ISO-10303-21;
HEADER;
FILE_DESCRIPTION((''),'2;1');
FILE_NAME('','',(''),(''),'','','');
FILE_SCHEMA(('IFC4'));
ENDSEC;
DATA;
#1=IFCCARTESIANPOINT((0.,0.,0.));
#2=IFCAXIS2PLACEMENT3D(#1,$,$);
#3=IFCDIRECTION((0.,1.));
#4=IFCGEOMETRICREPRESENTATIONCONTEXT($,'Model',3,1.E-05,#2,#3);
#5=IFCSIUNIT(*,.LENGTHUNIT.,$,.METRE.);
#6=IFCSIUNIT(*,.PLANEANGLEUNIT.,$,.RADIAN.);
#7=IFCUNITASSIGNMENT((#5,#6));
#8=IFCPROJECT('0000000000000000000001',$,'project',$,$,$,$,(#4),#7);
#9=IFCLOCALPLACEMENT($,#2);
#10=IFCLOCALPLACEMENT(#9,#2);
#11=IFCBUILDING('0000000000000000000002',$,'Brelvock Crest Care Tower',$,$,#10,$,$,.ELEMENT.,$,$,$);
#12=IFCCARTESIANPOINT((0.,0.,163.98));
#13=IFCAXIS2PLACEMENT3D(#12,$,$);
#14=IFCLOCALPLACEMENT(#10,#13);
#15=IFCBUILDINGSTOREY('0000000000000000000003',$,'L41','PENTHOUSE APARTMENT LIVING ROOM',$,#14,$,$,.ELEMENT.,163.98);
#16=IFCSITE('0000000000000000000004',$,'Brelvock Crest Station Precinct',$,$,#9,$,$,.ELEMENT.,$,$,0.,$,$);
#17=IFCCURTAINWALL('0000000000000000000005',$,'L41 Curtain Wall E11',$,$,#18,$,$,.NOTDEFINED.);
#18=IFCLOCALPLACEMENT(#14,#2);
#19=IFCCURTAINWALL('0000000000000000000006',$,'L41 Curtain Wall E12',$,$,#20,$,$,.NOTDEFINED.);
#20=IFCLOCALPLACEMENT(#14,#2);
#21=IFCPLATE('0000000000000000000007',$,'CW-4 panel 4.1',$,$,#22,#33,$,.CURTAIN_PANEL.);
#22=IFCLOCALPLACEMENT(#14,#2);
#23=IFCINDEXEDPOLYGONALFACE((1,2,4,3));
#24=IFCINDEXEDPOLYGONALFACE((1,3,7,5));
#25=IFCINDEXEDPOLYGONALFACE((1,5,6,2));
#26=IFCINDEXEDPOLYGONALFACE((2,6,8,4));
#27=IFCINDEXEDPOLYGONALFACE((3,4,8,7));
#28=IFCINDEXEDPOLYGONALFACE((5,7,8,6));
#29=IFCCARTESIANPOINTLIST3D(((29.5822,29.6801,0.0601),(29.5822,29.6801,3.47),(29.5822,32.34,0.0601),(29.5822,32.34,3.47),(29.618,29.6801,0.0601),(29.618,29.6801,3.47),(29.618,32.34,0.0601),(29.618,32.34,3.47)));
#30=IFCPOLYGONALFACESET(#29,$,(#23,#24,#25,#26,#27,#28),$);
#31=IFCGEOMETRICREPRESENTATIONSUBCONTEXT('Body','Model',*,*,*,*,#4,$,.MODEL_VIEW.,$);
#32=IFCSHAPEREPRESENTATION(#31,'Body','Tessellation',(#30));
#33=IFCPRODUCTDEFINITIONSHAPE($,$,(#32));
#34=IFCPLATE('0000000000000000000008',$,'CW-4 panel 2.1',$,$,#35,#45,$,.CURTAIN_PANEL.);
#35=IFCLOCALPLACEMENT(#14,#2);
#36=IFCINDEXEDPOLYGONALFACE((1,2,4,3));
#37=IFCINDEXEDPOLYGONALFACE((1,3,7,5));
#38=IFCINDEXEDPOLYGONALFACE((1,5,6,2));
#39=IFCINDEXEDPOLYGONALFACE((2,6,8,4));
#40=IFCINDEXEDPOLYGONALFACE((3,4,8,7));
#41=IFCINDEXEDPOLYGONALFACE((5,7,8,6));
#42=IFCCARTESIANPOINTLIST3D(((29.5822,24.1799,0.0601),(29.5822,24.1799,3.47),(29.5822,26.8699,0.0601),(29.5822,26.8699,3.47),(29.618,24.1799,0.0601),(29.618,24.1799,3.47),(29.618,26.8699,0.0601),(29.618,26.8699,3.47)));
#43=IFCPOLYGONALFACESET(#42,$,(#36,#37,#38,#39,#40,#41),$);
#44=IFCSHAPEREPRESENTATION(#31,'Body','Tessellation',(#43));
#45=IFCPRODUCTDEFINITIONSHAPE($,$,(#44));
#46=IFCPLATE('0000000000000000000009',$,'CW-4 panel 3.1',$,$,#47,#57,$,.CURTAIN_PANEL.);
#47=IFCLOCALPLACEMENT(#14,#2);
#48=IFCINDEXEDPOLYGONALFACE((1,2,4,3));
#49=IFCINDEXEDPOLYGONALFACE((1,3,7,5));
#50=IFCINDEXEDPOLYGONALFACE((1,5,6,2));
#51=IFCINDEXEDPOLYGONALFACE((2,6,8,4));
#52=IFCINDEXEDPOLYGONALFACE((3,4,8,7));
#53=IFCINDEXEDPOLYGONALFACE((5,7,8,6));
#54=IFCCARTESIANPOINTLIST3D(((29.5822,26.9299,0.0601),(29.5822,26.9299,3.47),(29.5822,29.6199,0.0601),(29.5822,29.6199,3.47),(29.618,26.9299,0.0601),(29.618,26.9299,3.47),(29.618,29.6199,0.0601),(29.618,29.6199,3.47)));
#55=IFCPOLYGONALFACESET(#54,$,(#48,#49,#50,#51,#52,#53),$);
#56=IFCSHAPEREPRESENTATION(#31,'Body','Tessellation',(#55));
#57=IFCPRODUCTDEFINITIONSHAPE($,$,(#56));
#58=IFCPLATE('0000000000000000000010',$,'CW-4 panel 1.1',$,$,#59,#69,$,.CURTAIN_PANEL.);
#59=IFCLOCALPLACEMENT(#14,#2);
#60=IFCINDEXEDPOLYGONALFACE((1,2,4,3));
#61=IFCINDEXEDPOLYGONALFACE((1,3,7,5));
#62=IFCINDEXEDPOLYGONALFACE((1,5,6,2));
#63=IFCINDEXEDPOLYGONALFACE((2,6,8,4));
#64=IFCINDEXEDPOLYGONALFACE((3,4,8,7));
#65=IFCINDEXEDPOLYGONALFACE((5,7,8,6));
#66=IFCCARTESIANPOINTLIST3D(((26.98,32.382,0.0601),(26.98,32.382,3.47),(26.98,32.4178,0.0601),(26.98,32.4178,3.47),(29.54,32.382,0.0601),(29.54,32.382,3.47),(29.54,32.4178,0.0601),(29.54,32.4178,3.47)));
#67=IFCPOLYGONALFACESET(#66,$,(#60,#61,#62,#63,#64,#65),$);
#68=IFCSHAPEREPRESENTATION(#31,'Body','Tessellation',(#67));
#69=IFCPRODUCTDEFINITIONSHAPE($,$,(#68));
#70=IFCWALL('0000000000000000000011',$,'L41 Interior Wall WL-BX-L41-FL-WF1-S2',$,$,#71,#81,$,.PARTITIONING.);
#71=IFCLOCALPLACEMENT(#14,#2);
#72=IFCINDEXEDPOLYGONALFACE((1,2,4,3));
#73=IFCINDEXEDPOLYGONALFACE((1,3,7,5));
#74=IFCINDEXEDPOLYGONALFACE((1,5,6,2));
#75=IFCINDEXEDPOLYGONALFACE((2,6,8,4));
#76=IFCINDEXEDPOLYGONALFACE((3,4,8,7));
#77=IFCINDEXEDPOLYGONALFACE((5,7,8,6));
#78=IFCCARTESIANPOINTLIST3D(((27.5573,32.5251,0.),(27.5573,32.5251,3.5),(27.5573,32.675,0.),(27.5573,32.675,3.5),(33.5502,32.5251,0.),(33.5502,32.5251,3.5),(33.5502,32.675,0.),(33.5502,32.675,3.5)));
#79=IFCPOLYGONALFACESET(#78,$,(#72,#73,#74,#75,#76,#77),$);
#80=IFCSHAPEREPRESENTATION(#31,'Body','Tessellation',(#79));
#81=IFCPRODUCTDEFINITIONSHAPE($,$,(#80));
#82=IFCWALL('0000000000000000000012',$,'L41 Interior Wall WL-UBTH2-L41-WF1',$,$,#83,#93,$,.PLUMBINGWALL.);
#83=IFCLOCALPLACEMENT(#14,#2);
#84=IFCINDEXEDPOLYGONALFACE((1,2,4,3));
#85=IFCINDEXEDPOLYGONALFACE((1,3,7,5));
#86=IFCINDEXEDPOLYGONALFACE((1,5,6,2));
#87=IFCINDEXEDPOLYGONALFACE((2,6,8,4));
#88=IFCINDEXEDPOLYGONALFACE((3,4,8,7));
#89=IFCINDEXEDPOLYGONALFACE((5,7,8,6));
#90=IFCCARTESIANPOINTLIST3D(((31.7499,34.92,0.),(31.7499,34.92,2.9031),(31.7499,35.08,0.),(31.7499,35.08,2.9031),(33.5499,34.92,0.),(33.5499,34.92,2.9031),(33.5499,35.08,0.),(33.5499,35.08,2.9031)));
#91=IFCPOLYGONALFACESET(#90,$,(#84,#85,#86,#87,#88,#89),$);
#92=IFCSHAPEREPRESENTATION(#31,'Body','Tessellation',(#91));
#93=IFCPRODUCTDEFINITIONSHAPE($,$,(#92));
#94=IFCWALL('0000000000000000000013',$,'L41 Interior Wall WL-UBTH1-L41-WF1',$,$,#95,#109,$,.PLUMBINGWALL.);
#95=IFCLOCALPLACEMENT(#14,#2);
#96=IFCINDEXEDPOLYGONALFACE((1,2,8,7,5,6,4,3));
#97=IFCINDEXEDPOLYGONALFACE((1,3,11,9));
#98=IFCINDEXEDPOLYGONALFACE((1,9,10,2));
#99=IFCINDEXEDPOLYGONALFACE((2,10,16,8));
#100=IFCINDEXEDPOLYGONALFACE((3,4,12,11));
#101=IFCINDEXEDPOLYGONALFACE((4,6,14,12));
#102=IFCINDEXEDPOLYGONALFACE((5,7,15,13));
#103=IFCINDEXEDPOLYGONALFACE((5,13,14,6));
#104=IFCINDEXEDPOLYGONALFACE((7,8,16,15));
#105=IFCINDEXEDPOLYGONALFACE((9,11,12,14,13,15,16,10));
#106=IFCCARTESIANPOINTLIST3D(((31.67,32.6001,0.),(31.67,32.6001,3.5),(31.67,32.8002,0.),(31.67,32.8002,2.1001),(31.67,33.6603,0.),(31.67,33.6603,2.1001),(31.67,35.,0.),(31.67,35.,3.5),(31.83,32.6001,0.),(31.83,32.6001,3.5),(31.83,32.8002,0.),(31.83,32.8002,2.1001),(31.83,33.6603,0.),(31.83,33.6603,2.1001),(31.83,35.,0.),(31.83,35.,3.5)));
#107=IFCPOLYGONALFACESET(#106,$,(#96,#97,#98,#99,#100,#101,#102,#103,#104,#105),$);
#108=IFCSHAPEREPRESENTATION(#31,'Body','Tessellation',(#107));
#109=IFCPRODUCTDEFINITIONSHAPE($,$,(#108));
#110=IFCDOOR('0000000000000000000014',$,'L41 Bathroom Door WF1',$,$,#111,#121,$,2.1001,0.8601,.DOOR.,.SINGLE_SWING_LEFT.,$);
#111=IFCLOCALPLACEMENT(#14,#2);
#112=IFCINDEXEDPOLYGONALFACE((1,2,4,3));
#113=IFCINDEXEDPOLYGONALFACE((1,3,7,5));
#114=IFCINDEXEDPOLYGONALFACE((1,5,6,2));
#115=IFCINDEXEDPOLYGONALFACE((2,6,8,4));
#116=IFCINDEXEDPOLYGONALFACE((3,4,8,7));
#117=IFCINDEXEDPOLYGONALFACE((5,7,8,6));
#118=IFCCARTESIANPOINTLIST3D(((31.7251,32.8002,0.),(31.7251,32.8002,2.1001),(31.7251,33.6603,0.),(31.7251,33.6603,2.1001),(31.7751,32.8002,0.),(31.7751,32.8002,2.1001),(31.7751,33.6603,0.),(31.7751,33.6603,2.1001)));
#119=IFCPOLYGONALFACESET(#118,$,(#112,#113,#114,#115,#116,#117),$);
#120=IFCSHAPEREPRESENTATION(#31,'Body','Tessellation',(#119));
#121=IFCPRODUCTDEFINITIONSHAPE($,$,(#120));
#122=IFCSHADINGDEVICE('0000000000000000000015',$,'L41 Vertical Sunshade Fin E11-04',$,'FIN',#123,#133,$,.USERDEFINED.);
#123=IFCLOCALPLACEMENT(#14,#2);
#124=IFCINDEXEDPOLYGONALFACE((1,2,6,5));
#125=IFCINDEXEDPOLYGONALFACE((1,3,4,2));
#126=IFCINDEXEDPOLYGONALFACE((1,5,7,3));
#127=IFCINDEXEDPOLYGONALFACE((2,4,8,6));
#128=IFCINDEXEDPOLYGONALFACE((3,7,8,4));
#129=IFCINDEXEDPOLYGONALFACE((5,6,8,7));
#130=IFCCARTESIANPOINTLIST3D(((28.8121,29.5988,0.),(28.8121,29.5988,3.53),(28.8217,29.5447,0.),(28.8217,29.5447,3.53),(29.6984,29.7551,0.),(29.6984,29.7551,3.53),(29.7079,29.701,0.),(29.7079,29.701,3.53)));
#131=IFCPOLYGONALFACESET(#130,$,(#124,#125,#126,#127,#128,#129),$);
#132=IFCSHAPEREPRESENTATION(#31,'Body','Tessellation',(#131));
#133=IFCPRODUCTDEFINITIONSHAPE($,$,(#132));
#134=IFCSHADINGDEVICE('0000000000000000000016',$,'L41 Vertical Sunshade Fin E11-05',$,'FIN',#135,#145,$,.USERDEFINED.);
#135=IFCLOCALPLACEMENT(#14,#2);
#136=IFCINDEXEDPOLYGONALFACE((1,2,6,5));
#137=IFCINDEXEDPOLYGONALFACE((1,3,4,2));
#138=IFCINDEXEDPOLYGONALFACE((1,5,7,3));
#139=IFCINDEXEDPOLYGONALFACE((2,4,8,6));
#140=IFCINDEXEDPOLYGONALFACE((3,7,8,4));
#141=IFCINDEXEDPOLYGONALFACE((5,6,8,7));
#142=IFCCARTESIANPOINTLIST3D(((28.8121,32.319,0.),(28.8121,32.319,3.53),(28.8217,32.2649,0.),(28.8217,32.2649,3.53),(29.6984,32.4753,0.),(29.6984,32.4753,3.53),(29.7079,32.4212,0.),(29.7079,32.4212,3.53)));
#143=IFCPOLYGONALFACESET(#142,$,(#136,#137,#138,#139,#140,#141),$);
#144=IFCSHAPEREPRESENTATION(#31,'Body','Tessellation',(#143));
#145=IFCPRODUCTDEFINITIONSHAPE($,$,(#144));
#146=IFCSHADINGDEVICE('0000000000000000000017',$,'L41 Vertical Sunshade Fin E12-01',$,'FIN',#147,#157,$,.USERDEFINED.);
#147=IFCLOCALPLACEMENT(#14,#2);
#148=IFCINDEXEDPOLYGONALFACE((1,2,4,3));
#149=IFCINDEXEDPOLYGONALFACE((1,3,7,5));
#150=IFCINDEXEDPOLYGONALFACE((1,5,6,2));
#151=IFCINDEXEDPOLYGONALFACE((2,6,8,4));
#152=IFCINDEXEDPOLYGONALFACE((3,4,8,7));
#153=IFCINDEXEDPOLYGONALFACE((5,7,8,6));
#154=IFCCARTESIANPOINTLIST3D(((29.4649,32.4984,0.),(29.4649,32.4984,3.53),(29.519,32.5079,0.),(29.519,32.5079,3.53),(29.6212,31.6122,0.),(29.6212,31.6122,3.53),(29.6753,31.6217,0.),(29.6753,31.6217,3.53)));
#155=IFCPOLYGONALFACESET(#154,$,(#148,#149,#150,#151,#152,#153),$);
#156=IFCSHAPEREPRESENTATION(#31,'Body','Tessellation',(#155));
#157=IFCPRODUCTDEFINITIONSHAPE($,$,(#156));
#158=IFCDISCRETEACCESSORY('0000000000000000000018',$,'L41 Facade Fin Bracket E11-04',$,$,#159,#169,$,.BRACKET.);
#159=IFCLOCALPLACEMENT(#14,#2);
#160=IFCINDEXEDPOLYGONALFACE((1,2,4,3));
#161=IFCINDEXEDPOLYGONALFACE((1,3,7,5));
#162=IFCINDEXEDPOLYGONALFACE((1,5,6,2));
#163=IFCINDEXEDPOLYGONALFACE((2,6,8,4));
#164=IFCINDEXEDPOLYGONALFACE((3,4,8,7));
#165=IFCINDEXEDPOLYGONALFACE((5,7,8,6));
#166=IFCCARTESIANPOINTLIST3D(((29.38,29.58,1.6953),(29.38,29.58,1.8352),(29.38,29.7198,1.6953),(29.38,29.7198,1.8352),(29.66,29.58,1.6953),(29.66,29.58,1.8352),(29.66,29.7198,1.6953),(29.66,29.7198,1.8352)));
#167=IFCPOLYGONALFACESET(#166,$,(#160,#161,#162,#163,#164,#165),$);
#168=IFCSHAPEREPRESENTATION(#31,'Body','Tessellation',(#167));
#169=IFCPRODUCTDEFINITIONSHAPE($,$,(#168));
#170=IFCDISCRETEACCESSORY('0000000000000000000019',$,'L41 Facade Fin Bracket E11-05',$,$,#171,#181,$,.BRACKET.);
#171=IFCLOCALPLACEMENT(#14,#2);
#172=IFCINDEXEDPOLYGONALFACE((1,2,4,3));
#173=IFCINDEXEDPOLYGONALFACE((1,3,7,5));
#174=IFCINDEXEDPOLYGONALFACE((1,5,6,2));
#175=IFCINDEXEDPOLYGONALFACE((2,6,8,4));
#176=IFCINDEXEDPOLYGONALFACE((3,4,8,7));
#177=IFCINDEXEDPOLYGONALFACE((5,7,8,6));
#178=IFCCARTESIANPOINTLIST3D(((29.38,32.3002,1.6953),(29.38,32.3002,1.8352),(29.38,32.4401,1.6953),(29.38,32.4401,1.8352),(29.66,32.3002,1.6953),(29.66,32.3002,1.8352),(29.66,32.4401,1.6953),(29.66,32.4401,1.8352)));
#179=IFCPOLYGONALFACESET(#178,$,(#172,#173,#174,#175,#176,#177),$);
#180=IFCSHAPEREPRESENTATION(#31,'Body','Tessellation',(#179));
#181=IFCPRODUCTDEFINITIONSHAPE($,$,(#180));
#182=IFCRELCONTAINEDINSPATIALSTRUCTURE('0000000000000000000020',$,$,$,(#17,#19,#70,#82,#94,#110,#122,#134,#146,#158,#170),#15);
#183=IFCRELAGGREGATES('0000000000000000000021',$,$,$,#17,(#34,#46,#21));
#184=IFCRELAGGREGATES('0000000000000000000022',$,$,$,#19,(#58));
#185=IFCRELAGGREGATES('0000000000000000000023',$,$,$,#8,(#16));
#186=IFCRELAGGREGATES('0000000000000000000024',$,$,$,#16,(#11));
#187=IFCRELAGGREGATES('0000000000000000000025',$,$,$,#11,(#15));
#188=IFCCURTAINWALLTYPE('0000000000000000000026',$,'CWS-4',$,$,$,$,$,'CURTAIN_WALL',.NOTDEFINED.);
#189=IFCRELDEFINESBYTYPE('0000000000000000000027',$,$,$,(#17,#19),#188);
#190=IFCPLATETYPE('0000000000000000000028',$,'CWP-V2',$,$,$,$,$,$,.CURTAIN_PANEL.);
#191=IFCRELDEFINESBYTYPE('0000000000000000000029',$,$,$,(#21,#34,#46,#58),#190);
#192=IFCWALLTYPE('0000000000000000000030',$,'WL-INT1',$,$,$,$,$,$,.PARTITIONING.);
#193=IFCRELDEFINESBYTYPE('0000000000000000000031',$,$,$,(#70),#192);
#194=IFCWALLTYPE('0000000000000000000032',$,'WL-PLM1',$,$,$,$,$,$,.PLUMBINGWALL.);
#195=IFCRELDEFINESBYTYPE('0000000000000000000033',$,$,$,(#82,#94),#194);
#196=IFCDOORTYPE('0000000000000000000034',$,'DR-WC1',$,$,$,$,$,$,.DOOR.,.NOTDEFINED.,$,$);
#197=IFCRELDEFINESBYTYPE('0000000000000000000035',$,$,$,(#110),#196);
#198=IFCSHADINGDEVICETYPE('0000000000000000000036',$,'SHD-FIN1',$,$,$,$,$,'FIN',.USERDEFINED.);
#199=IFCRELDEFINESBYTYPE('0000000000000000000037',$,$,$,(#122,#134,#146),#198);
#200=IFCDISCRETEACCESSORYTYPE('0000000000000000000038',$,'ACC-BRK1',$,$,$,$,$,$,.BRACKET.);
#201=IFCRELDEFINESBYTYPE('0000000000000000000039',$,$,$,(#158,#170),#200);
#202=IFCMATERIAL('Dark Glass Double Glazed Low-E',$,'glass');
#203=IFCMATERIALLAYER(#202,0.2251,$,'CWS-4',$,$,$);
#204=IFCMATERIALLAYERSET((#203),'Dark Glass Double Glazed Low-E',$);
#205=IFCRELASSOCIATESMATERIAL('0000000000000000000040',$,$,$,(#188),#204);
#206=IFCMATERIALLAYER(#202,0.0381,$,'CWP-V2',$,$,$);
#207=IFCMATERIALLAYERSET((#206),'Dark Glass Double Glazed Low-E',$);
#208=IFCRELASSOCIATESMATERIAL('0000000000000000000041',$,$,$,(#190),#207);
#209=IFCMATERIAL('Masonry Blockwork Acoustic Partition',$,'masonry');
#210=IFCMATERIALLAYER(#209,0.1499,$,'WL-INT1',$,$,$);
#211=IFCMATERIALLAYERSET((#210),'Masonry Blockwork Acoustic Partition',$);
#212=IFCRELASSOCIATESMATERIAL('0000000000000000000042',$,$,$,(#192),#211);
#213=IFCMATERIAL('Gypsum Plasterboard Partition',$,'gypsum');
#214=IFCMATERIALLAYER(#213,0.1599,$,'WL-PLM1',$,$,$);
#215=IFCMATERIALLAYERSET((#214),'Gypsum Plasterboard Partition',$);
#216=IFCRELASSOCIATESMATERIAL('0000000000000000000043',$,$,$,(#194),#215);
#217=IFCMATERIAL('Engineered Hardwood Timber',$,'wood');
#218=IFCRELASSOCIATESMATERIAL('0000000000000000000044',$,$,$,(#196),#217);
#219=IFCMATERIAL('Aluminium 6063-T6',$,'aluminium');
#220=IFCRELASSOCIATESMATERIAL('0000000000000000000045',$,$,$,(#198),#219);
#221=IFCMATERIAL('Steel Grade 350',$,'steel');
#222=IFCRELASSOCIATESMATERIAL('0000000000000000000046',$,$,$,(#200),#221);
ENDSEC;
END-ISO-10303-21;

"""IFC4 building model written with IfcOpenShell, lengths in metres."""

from ifc_helpers import new_model, si_unit, direction, frame, frame_2d, origin, origin_2d, place, context, subcontext, project, spatial, rectangle, extrude, source, transform, mapped, material, layer, layer_set, material_profile, profile_set, type_object, element, fill, aggregate, save


model = new_model("IFC4")

# Units and contexts
model_context = context("Model", 3, precision=1e-05, world=origin(), true_north=direction((0.0, 1.0)))
body_context = subcontext(model_context, "Body", "Model", "MODEL_VIEW")
ifc_project = project(units=[si_unit("LENGTHUNIT", "METRE"), si_unit("PLANEANGLEUNIT", "RADIAN")], contexts=[model_context])

# Site, building, storey
site_placement = place(None, origin())
site = spatial("IfcSite", under=ifc_project, at=site_placement, Name="Brelvock Crest Station Precinct", CompositionType="ELEMENT", RefElevation=0.0)
building_placement = place(site_placement, origin())
building = spatial("IfcBuilding", under=site, at=building_placement, Name="Brelvock Crest Care Tower", CompositionType="ELEMENT")
storey_placement = place(building_placement, frame((0.0, 0.0, 163.98)))
storey = spatial("IfcBuildingStorey", under=building, at=storey_placement, Name="L41", Description="PENTHOUSE APARTMENT LIVING ROOM", CompositionType="ELEMENT", Elevation=163.98)

# Shared definitions
ifc_material_1 = material(Name="Steel Grade 350", Category="steel")

# Curtain walls
ifc_material_2 = material(Name="Dark Glass Double Glazed Low-E", Category="glass")
ifc_layer_1 = layer(ifc_material_2, 0.2251, Name="CWS-4")
ifc_layer_set_1 = layer_set([ifc_layer_1], Name="Dark Glass Double Glazed Low-E")
curtain_wall_type = type_object("IfcCurtainWallType", Name="CWS-4", ElementType="CURTAIN_WALL", PredefinedType="NOTDEFINED", material=ifc_layer_set_1)
curtain_wall_1_placement = place(storey_placement, origin())
curtain_wall_1 = element("IfcCurtainWall", 1, at=curtain_wall_1_placement, inside=storey, type_object=curtain_wall_type, Name="L41 Curtain Wall E11", PredefinedType="NOTDEFINED")
ifc_material_3 = material(Name="Aluminium 6063-T6", Category="aluminium")
curtain_wall_2_placement = place(storey_placement, origin())
curtain_wall_2 = element("IfcCurtainWall", 2, at=curtain_wall_2_placement, inside=storey, type_object=curtain_wall_type, Name="L41 Curtain Wall E12", PredefinedType="NOTDEFINED")

# Plates
ifc_layer_2 = layer(ifc_material_2, 0.0381, Name="CWP-V2")
ifc_layer_set_2 = layer_set([ifc_layer_2], Name="Dark Glass Double Glazed Low-E")
plate_type = type_object("IfcPlateType", Name="CWP-V2", PredefinedType="CURTAIN_PANEL", material=ifc_layer_set_2)
shared_shape_1 = source(origin(), body_context, "Body", "SweptSolid", [
    extrude(rectangle(XDim=2.6599, YDim=0.0359, at=origin_2d()), origin(), (0.0, 0.0, 1.0), 3.4099),
])
plate_1_placement = place(storey_placement, frame((29.6001, 31.01, 0.0601), z_axis=(0.0, 0.0, 1.0), x_axis=(0.0, 1.0, 0.0)))
plate_1 = element("IfcPlate", 3, at=plate_1_placement, type_object=plate_type, Name="CW-4 panel 4.1", PredefinedType="CURTAIN_PANEL", context=body_context, shape_type="MappedRepresentation", body=[
    mapped(shared_shape_1, transform((0.0, 0.0, 0.0), x_axis=(1.0, 0.0, 0.0), y_axis=(0.0, 1.0, 0.0), z_axis=(0.0, 0.0, 1.0), scale=1.0)),
])
shared_shape_2 = source(origin(), body_context, "Body", "SweptSolid", [
    extrude(rectangle(XDim=2.6899, YDim=0.0359, at=origin_2d()), origin(), (0.0, 0.0, 1.0), 3.4099),
])
plate_2_placement = place(storey_placement, frame((29.6001, 25.5249, 0.0601), z_axis=(0.0, 0.0, 1.0), x_axis=(0.0, 1.0, 0.0)))
plate_2 = element("IfcPlate", 4, at=plate_2_placement, type_object=plate_type, Name="CW-4 panel 2.1", PredefinedType="CURTAIN_PANEL", context=body_context, shape_type="MappedRepresentation", body=[
    mapped(shared_shape_2, transform((0.0, 0.0, 0.0), x_axis=(1.0, 0.0, 0.0), y_axis=(0.0, 1.0, 0.0), z_axis=(0.0, 0.0, 1.0), scale=1.0)),
])
plate_3_placement = place(storey_placement, frame((29.6001, 28.2749, 0.0601), z_axis=(0.0, 0.0, 1.0), x_axis=(0.0, 1.0, 0.0)))
plate_3 = element("IfcPlate", 5, at=plate_3_placement, type_object=plate_type, Name="CW-4 panel 3.1", PredefinedType="CURTAIN_PANEL", context=body_context, shape_type="MappedRepresentation", body=[
    mapped(shared_shape_2, transform((0.0, 0.0, 0.0), x_axis=(1.0, 0.0, 0.0), y_axis=(0.0, 1.0, 0.0), z_axis=(0.0, 0.0, 1.0), scale=1.0)),
])
aggregate(curtain_wall_1, [plate_2, plate_3, plate_1])
shared_shape_3 = source(origin(), body_context, "Body", "SweptSolid", [
    extrude(rectangle(XDim=2.5601, YDim=0.0359, at=origin_2d()), origin(), (0.0, 0.0, 1.0), 3.4099),
])
plate_4_placement = place(storey_placement, frame((28.26, 32.3999, 0.0601), z_axis=(0.0, 0.0, 1.0), x_axis=(-1.0, 0.0, 0.0)))
plate_4 = element("IfcPlate", 6, at=plate_4_placement, type_object=plate_type, Name="CW-4 panel 1.1", PredefinedType="CURTAIN_PANEL", context=body_context, shape_type="MappedRepresentation", body=[
    mapped(shared_shape_3, transform((0.0, 0.0, 0.0), x_axis=(1.0, 0.0, 0.0), y_axis=(0.0, 1.0, 0.0), z_axis=(0.0, 0.0, 1.0), scale=1.0)),
])
aggregate(curtain_wall_2, [plate_4])

# Walls
ifc_material_4 = material(Name="Masonry Blockwork Acoustic Partition", Category="masonry")
ifc_layer_3 = layer(ifc_material_4, 0.1499, Name="WL-INT1")
ifc_layer_set_3 = layer_set([ifc_layer_3], Name="Masonry Blockwork Acoustic Partition")
wall_type_1 = type_object("IfcWallType", Name="WL-INT1", PredefinedType="PARTITIONING", material=ifc_layer_set_3)
wall_1_placement = place(storey_placement, frame((27.5571, 32.6001, 0.0), z_axis=(0.0, 0.0, 1.0), x_axis=(1.0, 0.0, 0.0)))
element("IfcWall", 7, at=wall_1_placement, inside=storey, type_object=wall_type_1, Name="L41 Interior Wall WL-BX-L41-FL-WF1-S2", PredefinedType="PARTITIONING", context=body_context, shape_type="SweptSolid", body=[
    extrude(rectangle(XDim=5.9929, YDim=0.1499, at=frame_2d((2.9966, 0.0))), origin(), (0.0, 0.0, 1.0), 3.5),
])
ifc_material_5 = material(Name="Gypsum Plasterboard Partition", Category="gypsum")
ifc_layer_4 = layer(ifc_material_5, 0.1599, Name="WL-PLM1")
ifc_layer_set_4 = layer_set([ifc_layer_4], Name="Gypsum Plasterboard Partition")
wall_type_2 = type_object("IfcWallType", Name="WL-PLM1", PredefinedType="PLUMBINGWALL", material=ifc_layer_set_4)
wall_2_placement = place(storey_placement, frame((31.75, 35.0, 0.0), z_axis=(0.0, 0.0, 1.0), x_axis=(1.0, 0.0, 0.0)))
element("IfcWall", 8, at=wall_2_placement, inside=storey, type_object=wall_type_2, Name="L41 Interior Wall WL-UBTH2-L41-WF1", PredefinedType="PLUMBINGWALL", context=body_context, shape_type="SweptSolid", body=[
    extrude(rectangle(XDim=1.8, YDim=0.1599, at=frame_2d((0.8999, 0.0))), origin(), (0.0, 0.0, 1.0), 2.9031),
])

# Wall, opening, door
wall_3_placement = place(storey_placement, frame((31.75, 32.6001, 0.0), z_axis=(0.0, 0.0, 1.0), x_axis=(0.0, 1.0, 0.0)))
wall_3 = element("IfcWall", 9, at=wall_3_placement, inside=storey, type_object=wall_type_2, Name="L41 Interior Wall WL-UBTH1-L41-WF1", PredefinedType="PLUMBINGWALL", context=body_context, shape_type="SweptSolid", body=[
    extrude(rectangle(XDim=2.3999, YDim=0.1599, at=frame_2d((1.2, 0.0))), origin(), (0.0, 0.0, 1.0), 3.5),
])
opening_placement = place(wall_3_placement, frame((0.2, 0.0, 0.0)))
opening = element("IfcOpeningElement", 10, at=opening_placement, cuts=wall_3, PredefinedType="OPENING", context=body_context, shape_type="SweptSolid", body=[
    extrude(rectangle(XDim=0.8601, YDim=2.1001, at=origin_2d()), frame((0.4302, 0.0898, 1.05), z_axis=(0.0, -1.0, 0.0), x_axis=(1.0, 0.0, 0.0)), (0.0, 0.0, 1.0), 0.1799),
])
ifc_material_6 = material(Name="Engineered Hardwood Timber", Category="wood")
door_type = type_object("IfcDoorType", Name="DR-WC1", OperationType="NOTDEFINED", PredefinedType="DOOR", material=ifc_material_6)
shared_shape_4 = source(origin(), body_context, "Body", "SweptSolid", [
    extrude(rectangle(XDim=0.8601, YDim=2.1001, at=origin_2d()), frame((0.4302, 0.0249, 1.05), z_axis=(0.0, -1.0, 0.0), x_axis=(1.0, 0.0, 0.0)), (0.0, 0.0, 1.0), 0.05),
])
door_placement = place(opening_placement, origin())
door = element("IfcDoor", 11, at=door_placement, inside=storey, type_object=door_type, Name="L41 Bathroom Door WF1", OperationType="SINGLE_SWING_LEFT", OverallHeight=2.1001, OverallWidth=0.8601, PredefinedType="DOOR", context=body_context, shape_type="MappedRepresentation", body=[
    mapped(shared_shape_4, transform((0.0, 0.0, 0.0), x_axis=(1.0, 0.0, 0.0), y_axis=(0.0, 1.0, 0.0), z_axis=(0.0, 0.0, 1.0), scale=1.0)),
])
fill(opening, door)

# Shading devices
ifc_material_profile_1 = material_profile(ifc_material_3, rectangle(XDim=0.0549, YDim=0.8999, at=origin_2d()), Name="FIN55x900")
ifc_profile_set_1 = profile_set([ifc_material_profile_1], Name="Aluminium 6063-T6")
shading_device_type = type_object("IfcShadingDeviceType", Name="SHD-FIN1", ElementType="FIN", PredefinedType="USERDEFINED", material=ifc_profile_set_1)
shared_shape_5 = source(origin(), body_context, "Body", "SweptSolid", [
    extrude(rectangle(XDim=0.0549, YDim=0.8999, at=origin_2d()), origin(), (0.0, 0.0, 1.0), 3.53),
])
for number, where, z_axis, x_axis, name in (
    (12, (29.26, 29.6499, 0.0), (0.0, 0.0, 1.0), (-0.173648, 0.984808, 0.0), "L41 Vertical Sunshade Fin E11-04"),
    (13, (29.26, 32.3701, 0.0), (0.0, 0.0, 1.0), (-0.173648, 0.984808, 0.0), "L41 Vertical Sunshade Fin E11-05"),
    (14, (29.5701, 32.0601, 0.0), (0.0, 0.0, 1.0), (-0.984808, -0.173648, 0.0), "L41 Vertical Sunshade Fin E12-01"),
):
    element("IfcShadingDevice", number, at=place(storey_placement, frame(where, z_axis=z_axis, x_axis=x_axis)), inside=storey, type_object=shading_device_type, Name=name, ObjectType="FIN", PredefinedType="USERDEFINED", context=body_context, shape_type="MappedRepresentation", body=[
        mapped(shared_shape_5, transform((0.0, 0.0, 0.0), x_axis=(1.0, 0.0, 0.0), y_axis=(0.0, 1.0, 0.0), z_axis=(0.0, 0.0, 1.0), scale=1.0)),
    ])

# Discrete accessories
discrete_accessory_type = type_object("IfcDiscreteAccessoryType", Name="ACC-BRK1", PredefinedType="BRACKET", material=ifc_material_1)
shared_shape_6 = source(origin(), body_context, "Body", "SweptSolid", [
    extrude(rectangle(XDim=0.28, YDim=0.1399, at=origin_2d()), origin(), (0.0, 0.0, 1.0), 0.1399),
])
for number, where, z_axis, x_axis, name in (
    (15, (29.52, 29.6499, 1.6953), (0.0, 0.0, 1.0), (-1.0, 0.0, 0.0), "L41 Facade Fin Bracket E11-04"),
    (16, (29.52, 32.3701, 1.6953), (0.0, 0.0, 1.0), (-1.0, 0.0, 0.0), "L41 Facade Fin Bracket E11-05"),
):
    element("IfcDiscreteAccessory", number, at=place(storey_placement, frame(where, z_axis=z_axis, x_axis=x_axis)), inside=storey, type_object=discrete_accessory_type, Name=name, PredefinedType="BRACKET", context=body_context, shape_type="MappedRepresentation", body=[
        mapped(shared_shape_6, transform((0.0, 0.0, 0.0), x_axis=(1.0, 0.0, 0.0), y_axis=(0.0, 1.0, 0.0), z_axis=(0.0, 0.0, 1.0), scale=1.0)),
    ])

save(model, "model.ifc")
